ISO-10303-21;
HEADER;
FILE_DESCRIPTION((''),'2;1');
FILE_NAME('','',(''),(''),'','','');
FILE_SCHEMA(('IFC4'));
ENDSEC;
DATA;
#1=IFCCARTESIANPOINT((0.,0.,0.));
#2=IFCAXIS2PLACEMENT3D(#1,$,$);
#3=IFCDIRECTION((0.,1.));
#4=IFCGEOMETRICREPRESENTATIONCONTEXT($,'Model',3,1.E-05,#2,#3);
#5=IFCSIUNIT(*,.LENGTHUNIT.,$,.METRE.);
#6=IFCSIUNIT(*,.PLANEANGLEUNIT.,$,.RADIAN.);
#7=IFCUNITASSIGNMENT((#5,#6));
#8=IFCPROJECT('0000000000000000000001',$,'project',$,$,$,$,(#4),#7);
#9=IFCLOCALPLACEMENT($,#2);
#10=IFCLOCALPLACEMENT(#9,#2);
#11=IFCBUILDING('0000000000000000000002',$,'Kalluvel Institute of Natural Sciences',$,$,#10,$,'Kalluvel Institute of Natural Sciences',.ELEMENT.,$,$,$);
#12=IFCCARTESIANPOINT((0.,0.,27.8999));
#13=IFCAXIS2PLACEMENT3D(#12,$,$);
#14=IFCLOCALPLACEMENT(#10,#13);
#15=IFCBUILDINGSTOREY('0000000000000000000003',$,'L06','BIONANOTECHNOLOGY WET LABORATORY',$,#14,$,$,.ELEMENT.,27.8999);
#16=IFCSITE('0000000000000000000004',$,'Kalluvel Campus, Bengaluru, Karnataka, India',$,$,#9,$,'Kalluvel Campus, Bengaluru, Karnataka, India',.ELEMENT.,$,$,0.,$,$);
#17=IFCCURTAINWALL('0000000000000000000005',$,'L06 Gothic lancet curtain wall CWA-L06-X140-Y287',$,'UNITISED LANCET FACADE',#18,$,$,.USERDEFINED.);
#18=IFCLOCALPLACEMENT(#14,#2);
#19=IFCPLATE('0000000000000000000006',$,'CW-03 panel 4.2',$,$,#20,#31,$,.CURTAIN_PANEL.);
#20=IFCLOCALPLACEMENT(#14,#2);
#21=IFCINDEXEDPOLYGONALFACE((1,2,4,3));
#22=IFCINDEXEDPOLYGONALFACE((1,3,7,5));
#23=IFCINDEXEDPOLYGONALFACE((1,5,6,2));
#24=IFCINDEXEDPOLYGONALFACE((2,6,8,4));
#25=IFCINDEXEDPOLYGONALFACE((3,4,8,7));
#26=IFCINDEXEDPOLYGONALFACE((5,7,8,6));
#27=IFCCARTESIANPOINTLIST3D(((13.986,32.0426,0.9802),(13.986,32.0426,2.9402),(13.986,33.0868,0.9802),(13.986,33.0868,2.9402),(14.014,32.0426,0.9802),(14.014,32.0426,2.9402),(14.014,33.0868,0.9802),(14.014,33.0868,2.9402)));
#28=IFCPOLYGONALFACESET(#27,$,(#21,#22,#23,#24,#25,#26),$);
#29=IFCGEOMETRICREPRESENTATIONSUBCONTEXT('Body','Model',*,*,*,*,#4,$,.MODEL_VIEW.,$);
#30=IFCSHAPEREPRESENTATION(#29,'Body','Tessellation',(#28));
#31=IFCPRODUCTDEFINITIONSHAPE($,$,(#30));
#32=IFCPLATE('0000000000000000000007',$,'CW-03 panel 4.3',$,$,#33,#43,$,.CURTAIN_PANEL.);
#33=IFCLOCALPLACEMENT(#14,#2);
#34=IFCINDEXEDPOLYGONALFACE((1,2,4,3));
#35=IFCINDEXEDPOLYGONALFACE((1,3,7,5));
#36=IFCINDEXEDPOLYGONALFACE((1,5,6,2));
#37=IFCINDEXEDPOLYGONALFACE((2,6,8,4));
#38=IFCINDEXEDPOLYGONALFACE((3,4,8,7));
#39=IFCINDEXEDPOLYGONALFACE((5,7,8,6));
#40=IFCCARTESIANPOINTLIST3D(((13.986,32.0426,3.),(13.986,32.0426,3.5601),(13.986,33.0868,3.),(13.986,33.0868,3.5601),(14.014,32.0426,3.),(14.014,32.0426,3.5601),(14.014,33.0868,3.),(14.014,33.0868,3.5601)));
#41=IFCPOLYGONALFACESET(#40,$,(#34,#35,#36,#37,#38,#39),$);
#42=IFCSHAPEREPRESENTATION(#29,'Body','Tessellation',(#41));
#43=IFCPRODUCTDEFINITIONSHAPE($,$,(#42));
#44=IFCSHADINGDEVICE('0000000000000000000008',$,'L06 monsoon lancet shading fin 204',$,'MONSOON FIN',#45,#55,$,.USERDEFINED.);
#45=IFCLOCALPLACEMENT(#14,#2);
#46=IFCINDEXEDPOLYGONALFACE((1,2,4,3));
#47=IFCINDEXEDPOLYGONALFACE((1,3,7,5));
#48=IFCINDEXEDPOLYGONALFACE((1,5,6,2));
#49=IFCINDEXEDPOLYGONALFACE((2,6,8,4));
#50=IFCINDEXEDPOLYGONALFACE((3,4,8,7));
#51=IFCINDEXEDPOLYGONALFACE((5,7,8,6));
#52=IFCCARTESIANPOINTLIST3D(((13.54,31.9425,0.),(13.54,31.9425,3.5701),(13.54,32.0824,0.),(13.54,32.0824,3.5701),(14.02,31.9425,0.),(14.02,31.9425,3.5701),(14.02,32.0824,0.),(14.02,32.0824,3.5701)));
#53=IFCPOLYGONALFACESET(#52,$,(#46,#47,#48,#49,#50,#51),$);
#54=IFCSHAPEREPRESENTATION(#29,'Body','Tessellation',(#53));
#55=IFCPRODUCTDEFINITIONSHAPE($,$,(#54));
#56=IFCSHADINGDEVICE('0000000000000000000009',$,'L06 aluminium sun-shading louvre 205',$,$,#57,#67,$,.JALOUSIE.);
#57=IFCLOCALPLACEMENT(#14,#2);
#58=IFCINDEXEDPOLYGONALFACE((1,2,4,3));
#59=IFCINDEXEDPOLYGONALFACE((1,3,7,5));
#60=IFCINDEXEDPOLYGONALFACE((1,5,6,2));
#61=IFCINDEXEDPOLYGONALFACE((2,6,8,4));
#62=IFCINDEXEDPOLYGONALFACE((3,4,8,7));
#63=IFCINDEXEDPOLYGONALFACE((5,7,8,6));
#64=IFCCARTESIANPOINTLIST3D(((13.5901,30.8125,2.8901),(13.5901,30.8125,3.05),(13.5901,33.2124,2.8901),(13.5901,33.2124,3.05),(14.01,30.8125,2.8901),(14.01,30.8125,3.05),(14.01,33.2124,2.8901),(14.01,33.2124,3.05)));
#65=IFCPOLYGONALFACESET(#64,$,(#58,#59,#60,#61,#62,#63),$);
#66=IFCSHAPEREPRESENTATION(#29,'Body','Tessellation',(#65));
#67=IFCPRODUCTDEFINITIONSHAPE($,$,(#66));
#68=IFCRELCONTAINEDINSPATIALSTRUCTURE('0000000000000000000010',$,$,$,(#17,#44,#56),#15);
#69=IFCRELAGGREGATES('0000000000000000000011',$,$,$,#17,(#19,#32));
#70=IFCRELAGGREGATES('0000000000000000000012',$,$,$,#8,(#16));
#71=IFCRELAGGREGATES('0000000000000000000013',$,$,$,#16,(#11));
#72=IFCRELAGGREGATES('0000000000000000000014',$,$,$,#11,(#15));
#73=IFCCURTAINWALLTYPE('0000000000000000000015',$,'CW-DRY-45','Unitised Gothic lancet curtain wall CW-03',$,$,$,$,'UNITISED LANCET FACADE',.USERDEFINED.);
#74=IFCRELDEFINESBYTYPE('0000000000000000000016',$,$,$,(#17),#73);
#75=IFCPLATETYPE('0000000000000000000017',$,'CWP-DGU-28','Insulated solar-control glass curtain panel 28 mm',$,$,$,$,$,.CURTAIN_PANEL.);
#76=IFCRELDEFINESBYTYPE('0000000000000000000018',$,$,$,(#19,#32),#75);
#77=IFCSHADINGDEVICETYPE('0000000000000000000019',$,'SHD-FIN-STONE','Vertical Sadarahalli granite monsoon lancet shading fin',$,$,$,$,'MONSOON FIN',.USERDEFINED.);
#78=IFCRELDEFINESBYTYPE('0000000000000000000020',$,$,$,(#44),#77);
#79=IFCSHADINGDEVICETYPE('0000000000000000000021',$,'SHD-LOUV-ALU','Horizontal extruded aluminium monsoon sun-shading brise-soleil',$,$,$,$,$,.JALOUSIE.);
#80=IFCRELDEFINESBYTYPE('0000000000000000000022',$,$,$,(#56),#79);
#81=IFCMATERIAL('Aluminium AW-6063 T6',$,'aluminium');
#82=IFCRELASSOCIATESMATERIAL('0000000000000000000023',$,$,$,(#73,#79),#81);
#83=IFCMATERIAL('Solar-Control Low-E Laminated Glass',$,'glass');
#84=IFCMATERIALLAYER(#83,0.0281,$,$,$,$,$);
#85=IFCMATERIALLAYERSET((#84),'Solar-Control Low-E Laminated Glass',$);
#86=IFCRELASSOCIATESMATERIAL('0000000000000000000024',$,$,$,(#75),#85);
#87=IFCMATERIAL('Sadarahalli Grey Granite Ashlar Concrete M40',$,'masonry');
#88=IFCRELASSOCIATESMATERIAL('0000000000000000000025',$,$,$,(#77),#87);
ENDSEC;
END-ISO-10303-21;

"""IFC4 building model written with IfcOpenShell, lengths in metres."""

from ifc_helpers import new_model, si_unit, direction, frame, origin, origin_2d, place, context, subcontext, project, spatial, rectangle, extrude, material, layer, layer_set, type_object, element, aggregate, save


model = new_model("IFC4")

# Units and contexts
model_context = context("Model", 3, precision=1e-05, world=origin(), true_north=direction((0.0, 1.0)))
body_context = subcontext(model_context, "Body", "Model", "MODEL_VIEW")
ifc_project = project(units=[si_unit("LENGTHUNIT", "METRE"), si_unit("PLANEANGLEUNIT", "RADIAN")], contexts=[model_context])

# Site, building, storey
site_placement = place(None, origin())
site = spatial("IfcSite", under=ifc_project, at=site_placement, Name="Kalluvel Campus, Bengaluru, Karnataka, India", LongName="Kalluvel Campus, Bengaluru, Karnataka, India", CompositionType="ELEMENT", RefElevation=0.0)
building_placement = place(site_placement, origin())
building = spatial("IfcBuilding", under=site, at=building_placement, Name="Kalluvel Institute of Natural Sciences", LongName="Kalluvel Institute of Natural Sciences", CompositionType="ELEMENT")
storey_placement = place(building_placement, frame((0.0, 0.0, 27.8999)))
storey = spatial("IfcBuildingStorey", under=building, at=storey_placement, Name="L06", Description="BIONANOTECHNOLOGY WET LABORATORY", CompositionType="ELEMENT", Elevation=27.8999)

# Curtain wall
ifc_material_1 = material(Name="Aluminium AW-6063 T6", Category="aluminium")
curtain_wall_type = type_object("IfcCurtainWallType", Name="CW-DRY-45", Description="Unitised Gothic lancet curtain wall CW-03", ElementType="UNITISED LANCET FACADE", PredefinedType="USERDEFINED", material=ifc_material_1)
curtain_wall_placement = place(storey_placement, origin())
curtain_wall = element("IfcCurtainWall", 1, at=curtain_wall_placement, inside=storey, type_object=curtain_wall_type, Name="L06 Gothic lancet curtain wall CWA-L06-X140-Y287", ObjectType="UNITISED LANCET FACADE", PredefinedType="USERDEFINED")

# Plates
ifc_material_2 = material(Name="Solar-Control Low-E Laminated Glass", Category="glass")
ifc_layer = layer(ifc_material_2, 0.0281)
ifc_layer_set = layer_set([ifc_layer], Name="Solar-Control Low-E Laminated Glass")
plate_type = type_object("IfcPlateType", Name="CWP-DGU-28", Description="Insulated solar-control glass curtain panel 28 mm", PredefinedType="CURTAIN_PANEL", material=ifc_layer_set)
plate_1_placement = place(storey_placement, frame((14.0, 32.5647, 0.9802), z_axis=(0.0, 0.0, 1.0), x_axis=(0.0, 1.0, 0.0)))
plate_1 = element("IfcPlate", 2, at=plate_1_placement, type_object=plate_type, Name="CW-03 panel 4.2", PredefinedType="CURTAIN_PANEL", context=body_context, shape_type="SweptSolid", body=[
    extrude(rectangle(XDim=1.0442, YDim=0.0281, at=origin_2d()), origin(), (0.0, 0.0, 1.0), 1.96),
])
plate_2_placement = place(storey_placement, frame((14.0, 32.5647, 3.0), z_axis=(0.0, 0.0, 1.0), x_axis=(0.0, 1.0, 0.0)))
plate_2 = element("IfcPlate", 3, at=plate_2_placement, type_object=plate_type, Name="CW-03 panel 4.3", PredefinedType="CURTAIN_PANEL", context=body_context, shape_type="SweptSolid", body=[
    extrude(rectangle(XDim=1.0442, YDim=0.0281, at=origin_2d()), origin(), (0.0, 0.0, 1.0), 0.5601),
])
aggregate(curtain_wall, [plate_1, plate_2])

# Shading devices
ifc_material_3 = material(Name="Sadarahalli Grey Granite Ashlar Concrete M40", Category="masonry")
shading_device_type_1 = type_object("IfcShadingDeviceType", Name="SHD-FIN-STONE", Description="Vertical Sadarahalli granite monsoon lancet shading fin", ElementType="MONSOON FIN", PredefinedType="USERDEFINED", material=ifc_material_3)
shading_device_1_placement = place(storey_placement, frame((13.78, 32.0125, 0.0), z_axis=(0.0, 0.0, 1.0), x_axis=(0.0, 1.0, 0.0)))
element("IfcShadingDevice", 4, at=shading_device_1_placement, inside=storey, type_object=shading_device_type_1, Name="L06 monsoon lancet shading fin 204", ObjectType="MONSOON FIN", PredefinedType="USERDEFINED", context=body_context, shape_type="SweptSolid", body=[
    extrude(rectangle(XDim=0.1399, YDim=0.48, at=origin_2d()), origin(), (0.0, 0.0, 1.0), 3.5701),
])
shading_device_type_2 = type_object("IfcShadingDeviceType", Name="SHD-LOUV-ALU", Description="Horizontal extruded aluminium monsoon sun-shading brise-soleil", PredefinedType="JALOUSIE", material=ifc_material_1)
shading_device_2_placement = place(storey_placement, frame((13.8, 32.0125, 2.8901), z_axis=(0.0, 0.0, 1.0), x_axis=(0.0, 1.0, 0.0)))
element("IfcShadingDevice", 5, at=shading_device_2_placement, inside=storey, type_object=shading_device_type_2, Name="L06 aluminium sun-shading louvre 205", PredefinedType="JALOUSIE", context=body_context, shape_type="SweptSolid", body=[
    extrude(rectangle(XDim=2.3999, YDim=0.4199, at=origin_2d()), origin(), (0.0, 0.0, 1.0), 0.1599),
])

save(model, "model.ifc")
